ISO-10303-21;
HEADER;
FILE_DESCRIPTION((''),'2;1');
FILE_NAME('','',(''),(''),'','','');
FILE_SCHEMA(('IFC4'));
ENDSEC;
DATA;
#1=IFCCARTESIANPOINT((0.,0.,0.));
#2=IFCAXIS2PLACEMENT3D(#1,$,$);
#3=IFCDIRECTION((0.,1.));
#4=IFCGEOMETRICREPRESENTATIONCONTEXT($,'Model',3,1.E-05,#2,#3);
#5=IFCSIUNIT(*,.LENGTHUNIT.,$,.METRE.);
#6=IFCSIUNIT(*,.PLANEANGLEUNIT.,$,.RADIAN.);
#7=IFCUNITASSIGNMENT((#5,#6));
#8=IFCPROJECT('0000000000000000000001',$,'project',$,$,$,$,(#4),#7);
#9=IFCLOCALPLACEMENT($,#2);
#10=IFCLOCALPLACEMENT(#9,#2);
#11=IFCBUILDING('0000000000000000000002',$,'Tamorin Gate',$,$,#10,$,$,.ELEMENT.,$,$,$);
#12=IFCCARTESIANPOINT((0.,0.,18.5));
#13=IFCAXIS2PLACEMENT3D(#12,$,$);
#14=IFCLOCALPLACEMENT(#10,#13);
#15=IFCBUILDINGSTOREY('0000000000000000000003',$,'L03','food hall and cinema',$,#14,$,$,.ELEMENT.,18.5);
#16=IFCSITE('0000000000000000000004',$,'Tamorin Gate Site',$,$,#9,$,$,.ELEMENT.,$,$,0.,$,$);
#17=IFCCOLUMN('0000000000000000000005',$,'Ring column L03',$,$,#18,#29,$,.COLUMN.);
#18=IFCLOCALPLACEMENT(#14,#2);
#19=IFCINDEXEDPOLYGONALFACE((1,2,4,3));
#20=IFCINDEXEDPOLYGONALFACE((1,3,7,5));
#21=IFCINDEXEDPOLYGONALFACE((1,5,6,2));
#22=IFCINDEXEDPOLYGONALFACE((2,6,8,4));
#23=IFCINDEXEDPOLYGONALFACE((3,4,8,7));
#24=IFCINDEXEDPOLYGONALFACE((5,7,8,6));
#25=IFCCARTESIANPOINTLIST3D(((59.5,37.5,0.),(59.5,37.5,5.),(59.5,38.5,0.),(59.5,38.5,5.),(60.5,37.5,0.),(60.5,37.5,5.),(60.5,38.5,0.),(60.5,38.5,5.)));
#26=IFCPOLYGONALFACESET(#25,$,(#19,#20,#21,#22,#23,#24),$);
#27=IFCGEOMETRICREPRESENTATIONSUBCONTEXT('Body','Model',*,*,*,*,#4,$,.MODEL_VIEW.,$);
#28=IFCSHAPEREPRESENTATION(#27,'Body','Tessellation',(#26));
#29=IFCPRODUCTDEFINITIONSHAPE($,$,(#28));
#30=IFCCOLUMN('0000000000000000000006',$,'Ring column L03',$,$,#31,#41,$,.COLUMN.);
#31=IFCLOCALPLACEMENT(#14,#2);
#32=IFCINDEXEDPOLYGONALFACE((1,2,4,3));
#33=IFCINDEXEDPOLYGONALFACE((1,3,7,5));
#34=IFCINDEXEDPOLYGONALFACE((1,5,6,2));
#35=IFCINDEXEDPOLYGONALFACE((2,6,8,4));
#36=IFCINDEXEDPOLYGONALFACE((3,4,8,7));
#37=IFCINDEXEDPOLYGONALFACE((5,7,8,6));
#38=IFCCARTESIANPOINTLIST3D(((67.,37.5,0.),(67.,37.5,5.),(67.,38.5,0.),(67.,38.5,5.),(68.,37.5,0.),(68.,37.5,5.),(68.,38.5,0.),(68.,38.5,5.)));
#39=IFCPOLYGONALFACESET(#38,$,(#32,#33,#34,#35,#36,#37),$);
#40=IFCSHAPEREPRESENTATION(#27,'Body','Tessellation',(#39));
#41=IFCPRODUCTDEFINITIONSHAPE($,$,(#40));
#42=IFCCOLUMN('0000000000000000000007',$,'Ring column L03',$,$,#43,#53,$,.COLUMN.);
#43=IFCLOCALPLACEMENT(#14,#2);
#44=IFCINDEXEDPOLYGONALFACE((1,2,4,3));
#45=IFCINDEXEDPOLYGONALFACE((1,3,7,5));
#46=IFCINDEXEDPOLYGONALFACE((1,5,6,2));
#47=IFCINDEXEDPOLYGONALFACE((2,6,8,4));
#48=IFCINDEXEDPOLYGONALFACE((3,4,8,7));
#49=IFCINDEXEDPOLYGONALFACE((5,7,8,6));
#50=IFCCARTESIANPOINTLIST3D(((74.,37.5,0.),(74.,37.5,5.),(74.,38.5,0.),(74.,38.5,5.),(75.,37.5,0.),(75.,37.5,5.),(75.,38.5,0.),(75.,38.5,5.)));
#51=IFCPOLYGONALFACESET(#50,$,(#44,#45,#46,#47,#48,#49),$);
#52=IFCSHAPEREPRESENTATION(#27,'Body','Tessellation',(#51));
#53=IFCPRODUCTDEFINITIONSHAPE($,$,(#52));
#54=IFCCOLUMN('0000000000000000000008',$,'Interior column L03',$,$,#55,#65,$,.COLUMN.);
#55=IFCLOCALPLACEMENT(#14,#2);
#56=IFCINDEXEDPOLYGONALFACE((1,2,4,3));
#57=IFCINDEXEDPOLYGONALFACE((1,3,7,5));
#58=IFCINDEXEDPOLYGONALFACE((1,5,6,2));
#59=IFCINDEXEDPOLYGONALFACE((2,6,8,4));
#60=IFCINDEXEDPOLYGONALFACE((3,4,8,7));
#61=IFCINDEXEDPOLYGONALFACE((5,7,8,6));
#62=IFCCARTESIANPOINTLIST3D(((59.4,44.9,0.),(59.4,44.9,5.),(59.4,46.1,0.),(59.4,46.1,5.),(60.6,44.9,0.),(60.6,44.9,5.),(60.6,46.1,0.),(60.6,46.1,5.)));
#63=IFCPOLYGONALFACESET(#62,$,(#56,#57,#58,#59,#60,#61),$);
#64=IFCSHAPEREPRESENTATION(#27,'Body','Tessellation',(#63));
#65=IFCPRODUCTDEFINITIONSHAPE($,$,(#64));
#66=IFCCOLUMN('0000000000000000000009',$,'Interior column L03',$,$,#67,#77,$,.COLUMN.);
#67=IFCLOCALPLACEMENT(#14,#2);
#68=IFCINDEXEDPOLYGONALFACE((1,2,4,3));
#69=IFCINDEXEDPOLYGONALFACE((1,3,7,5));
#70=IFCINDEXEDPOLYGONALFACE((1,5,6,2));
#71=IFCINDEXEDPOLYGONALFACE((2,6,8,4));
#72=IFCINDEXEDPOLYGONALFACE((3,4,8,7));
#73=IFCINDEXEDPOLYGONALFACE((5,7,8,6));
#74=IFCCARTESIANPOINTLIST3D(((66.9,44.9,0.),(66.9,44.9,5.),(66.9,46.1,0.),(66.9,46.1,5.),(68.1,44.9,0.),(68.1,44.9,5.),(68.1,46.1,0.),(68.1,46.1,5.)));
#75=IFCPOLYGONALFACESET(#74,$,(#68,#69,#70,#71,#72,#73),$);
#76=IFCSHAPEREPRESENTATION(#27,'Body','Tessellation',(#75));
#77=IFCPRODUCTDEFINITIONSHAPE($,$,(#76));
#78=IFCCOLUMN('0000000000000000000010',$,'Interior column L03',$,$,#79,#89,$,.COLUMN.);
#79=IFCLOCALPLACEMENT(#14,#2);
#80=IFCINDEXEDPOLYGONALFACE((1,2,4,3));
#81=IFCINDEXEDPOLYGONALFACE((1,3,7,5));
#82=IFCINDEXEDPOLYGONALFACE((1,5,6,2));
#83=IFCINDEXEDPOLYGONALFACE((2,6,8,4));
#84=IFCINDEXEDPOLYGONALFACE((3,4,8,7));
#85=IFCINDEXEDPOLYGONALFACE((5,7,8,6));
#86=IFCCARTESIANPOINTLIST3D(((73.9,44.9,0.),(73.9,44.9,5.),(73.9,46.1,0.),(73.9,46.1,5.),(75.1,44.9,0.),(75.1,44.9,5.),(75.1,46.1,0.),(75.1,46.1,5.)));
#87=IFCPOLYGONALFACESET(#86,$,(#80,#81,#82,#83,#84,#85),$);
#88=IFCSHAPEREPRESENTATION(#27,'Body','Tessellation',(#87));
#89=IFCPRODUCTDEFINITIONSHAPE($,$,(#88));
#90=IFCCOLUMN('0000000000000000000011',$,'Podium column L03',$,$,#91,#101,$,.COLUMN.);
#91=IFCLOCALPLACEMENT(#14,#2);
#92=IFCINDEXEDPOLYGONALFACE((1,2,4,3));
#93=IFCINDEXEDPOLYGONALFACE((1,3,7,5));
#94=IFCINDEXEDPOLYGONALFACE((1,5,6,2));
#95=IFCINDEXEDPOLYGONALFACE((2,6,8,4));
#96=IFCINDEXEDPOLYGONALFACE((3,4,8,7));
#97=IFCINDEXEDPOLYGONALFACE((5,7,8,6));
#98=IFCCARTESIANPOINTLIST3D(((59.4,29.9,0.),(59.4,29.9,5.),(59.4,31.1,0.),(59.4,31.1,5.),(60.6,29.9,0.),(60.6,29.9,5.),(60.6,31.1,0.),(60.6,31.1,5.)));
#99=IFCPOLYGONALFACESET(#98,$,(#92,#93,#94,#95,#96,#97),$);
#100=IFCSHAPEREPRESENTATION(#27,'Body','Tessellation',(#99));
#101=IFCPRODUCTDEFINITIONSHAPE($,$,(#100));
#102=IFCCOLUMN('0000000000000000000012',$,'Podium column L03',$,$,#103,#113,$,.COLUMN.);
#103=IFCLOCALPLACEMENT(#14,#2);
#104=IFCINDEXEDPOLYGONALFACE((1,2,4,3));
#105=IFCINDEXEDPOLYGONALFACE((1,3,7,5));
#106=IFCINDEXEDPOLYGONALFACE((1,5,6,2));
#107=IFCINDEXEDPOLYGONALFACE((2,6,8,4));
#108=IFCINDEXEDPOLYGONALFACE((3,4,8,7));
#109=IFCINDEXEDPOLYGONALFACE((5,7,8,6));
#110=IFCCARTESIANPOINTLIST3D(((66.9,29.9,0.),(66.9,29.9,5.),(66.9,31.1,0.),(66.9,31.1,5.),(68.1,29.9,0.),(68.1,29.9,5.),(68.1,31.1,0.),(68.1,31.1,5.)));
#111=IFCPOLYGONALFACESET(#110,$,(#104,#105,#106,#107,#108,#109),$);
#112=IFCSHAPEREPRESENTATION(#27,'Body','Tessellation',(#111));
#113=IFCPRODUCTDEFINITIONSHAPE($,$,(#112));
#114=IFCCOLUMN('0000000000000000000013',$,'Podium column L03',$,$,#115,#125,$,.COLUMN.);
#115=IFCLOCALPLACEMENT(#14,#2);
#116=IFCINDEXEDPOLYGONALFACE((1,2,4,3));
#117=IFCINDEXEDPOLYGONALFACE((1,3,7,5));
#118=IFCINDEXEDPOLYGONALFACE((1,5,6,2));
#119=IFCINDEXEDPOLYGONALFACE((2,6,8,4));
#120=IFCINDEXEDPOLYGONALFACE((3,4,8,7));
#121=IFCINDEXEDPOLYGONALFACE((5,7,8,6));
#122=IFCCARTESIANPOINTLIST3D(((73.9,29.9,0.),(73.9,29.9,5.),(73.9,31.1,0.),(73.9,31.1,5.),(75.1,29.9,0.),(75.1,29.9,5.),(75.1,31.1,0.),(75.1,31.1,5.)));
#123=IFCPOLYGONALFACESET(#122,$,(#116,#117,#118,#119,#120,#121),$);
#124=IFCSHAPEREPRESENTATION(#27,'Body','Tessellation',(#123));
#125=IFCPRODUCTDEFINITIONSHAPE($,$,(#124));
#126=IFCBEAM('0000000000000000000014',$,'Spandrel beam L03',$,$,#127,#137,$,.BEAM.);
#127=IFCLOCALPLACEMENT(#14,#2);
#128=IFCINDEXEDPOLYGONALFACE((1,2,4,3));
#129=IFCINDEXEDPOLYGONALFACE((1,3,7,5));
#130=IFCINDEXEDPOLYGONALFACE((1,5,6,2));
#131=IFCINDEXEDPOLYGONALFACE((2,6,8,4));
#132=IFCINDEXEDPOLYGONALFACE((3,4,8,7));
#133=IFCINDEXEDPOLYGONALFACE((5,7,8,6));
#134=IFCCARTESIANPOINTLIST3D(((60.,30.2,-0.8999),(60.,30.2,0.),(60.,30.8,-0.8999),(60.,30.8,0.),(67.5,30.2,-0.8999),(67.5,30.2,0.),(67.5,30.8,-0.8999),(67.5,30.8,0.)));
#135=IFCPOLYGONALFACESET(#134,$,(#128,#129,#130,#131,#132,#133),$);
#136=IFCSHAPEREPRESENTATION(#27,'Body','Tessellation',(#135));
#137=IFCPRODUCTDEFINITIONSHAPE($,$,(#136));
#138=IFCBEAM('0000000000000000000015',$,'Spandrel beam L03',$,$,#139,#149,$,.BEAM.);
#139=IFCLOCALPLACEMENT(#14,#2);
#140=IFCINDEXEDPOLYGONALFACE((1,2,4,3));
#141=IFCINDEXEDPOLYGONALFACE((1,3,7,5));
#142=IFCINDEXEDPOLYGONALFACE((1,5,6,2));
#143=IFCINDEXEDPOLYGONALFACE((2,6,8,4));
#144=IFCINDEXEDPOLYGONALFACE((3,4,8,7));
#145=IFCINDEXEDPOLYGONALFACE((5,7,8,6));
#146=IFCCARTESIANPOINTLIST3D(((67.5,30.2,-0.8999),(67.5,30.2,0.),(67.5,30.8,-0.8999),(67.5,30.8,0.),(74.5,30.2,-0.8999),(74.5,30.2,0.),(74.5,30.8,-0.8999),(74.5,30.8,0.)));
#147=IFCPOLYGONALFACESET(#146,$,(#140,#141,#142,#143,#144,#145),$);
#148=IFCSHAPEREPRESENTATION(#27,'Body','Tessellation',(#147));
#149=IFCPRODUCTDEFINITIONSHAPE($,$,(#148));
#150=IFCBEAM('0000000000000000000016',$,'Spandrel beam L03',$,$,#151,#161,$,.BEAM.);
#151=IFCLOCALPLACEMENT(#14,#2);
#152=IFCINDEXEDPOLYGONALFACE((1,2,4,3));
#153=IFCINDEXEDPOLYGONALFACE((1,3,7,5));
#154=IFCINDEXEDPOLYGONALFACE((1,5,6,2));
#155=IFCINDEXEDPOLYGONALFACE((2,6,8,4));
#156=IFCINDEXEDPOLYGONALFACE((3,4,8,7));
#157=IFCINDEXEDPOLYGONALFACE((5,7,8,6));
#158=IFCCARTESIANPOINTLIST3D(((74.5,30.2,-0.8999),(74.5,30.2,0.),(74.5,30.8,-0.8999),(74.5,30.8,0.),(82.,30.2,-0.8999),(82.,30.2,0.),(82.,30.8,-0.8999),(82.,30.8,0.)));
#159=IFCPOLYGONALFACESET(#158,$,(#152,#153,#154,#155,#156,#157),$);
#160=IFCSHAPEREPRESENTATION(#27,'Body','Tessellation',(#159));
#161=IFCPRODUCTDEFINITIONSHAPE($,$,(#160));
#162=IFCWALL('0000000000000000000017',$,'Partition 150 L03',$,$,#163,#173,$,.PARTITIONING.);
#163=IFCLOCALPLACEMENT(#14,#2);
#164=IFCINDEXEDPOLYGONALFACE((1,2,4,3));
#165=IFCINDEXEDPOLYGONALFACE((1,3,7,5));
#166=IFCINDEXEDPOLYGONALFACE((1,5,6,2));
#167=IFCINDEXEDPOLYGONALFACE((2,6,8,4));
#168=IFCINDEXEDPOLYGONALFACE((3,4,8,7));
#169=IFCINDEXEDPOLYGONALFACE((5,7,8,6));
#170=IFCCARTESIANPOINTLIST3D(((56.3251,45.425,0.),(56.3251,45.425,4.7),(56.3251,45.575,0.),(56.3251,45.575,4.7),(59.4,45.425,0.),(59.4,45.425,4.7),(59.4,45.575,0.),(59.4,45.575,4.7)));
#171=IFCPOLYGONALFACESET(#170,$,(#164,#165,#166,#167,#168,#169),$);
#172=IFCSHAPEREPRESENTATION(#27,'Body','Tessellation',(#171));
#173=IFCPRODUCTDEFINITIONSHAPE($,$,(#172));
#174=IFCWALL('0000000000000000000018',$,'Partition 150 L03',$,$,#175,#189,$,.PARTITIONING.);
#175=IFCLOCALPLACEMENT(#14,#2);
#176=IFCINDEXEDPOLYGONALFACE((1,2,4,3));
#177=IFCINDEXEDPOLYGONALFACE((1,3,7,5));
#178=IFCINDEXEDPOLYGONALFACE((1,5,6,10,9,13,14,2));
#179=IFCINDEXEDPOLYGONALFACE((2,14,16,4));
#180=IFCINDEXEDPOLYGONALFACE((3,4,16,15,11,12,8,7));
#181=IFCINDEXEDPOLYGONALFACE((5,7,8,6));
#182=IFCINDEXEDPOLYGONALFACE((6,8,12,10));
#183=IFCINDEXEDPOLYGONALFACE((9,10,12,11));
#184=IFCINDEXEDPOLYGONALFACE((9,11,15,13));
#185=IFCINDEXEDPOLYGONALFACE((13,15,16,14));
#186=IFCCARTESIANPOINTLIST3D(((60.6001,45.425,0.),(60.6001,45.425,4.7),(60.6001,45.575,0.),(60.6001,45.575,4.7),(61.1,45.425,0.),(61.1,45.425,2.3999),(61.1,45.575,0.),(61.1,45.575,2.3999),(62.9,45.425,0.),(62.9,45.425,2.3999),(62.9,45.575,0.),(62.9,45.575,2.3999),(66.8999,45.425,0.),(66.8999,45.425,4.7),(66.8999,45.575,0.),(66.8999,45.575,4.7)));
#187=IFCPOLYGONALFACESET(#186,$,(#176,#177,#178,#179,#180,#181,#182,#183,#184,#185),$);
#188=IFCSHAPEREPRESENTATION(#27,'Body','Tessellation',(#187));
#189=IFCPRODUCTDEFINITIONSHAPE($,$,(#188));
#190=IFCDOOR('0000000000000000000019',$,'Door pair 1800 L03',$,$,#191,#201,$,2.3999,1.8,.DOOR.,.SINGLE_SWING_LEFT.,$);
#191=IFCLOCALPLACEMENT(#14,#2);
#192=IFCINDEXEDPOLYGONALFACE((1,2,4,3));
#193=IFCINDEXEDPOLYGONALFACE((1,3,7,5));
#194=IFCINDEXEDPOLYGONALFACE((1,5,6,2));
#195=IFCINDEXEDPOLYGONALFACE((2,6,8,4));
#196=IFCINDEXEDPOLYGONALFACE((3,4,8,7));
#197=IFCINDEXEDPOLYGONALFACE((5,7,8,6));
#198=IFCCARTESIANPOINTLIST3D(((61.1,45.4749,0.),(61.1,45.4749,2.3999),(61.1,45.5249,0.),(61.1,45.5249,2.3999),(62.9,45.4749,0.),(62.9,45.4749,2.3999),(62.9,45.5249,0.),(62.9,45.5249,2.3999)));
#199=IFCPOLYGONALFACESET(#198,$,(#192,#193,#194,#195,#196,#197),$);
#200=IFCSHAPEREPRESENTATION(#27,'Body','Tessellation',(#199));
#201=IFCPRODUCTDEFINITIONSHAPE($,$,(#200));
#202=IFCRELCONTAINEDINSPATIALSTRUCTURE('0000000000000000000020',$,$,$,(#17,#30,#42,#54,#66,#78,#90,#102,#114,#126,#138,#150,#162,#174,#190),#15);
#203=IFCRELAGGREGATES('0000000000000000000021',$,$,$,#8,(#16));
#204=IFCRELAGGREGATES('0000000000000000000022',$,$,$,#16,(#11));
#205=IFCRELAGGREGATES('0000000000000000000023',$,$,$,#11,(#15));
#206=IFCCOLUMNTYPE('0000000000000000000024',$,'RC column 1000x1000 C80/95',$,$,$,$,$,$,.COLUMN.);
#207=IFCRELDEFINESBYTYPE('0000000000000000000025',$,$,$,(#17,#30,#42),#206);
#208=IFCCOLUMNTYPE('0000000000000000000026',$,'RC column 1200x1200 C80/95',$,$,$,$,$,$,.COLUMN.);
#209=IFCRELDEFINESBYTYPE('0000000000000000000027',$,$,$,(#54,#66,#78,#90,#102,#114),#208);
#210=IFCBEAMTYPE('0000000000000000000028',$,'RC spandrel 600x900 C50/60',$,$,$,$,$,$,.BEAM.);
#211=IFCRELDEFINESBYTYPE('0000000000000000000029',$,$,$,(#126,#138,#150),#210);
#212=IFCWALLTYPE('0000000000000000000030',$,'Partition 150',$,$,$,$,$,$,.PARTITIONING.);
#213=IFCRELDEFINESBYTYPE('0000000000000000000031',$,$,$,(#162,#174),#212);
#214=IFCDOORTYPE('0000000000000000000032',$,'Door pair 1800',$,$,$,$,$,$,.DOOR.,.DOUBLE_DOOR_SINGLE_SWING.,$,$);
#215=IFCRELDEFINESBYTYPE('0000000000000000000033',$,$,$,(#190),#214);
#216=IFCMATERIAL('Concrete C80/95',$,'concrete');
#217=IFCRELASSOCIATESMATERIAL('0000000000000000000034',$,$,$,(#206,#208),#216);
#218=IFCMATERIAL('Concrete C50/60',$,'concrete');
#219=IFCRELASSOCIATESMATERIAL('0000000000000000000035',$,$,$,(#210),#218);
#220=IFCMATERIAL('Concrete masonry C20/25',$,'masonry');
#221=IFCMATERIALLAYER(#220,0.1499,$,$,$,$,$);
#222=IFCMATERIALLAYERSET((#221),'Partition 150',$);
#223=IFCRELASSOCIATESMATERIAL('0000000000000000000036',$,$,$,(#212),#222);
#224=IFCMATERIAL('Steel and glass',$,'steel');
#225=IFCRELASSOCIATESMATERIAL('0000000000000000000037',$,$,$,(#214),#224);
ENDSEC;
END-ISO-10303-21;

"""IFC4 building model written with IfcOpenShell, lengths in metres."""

from ifc_helpers import new_model, si_unit, direction, frame, frame_2d, origin, origin_2d, place, context, subcontext, project, spatial, rectangle, extrude, material, layer, layer_set, material_profile, profile_set, type_object, element, fill, save


model = new_model("IFC4")

# Units and contexts
model_context = context("Model", 3, precision=1e-05, world=origin(), true_north=direction((0.0, 1.0)))
body_context = subcontext(model_context, "Body", "Model", "MODEL_VIEW")
ifc_project = project(units=[si_unit("LENGTHUNIT", "METRE"), si_unit("PLANEANGLEUNIT", "RADIAN")], contexts=[model_context])

# Site, building, storey
site_placement = place(None, origin())
site = spatial("IfcSite", under=ifc_project, at=site_placement, Name="Tamorin Gate Site", CompositionType="ELEMENT", RefElevation=0.0)
building_placement = place(site_placement, origin())
building = spatial("IfcBuilding", under=site, at=building_placement, Name="Tamorin Gate", CompositionType="ELEMENT")
storey_placement = place(building_placement, frame((0.0, 0.0, 18.5)))
storey = spatial("IfcBuildingStorey", under=building, at=storey_placement, Name="L03", Description="food hall and cinema", CompositionType="ELEMENT", Elevation=18.5)

# Columns
ifc_material_1 = material(Name="Concrete C80/95", Category="concrete")
ifc_material_profile_1 = material_profile(ifc_material_1, rectangle(XDim=1.0, YDim=1.0, at=origin_2d()), Name="RC 1000x1000")
ifc_profile_set_1 = profile_set([ifc_material_profile_1], Name="Concrete C80/95")
column_type_1 = type_object("IfcColumnType", Name="RC column 1000x1000 C80/95", PredefinedType="COLUMN", material=ifc_profile_set_1)
for number, where, z_axis, x_axis, name in (
    (1, (60.0, 38.0, 0.0), (0.0, 0.0, 1.0), (1.0, 0.0, 0.0), "Ring column L03"),
    (2, (67.5, 38.0, 0.0), (0.0, 0.0, 1.0), (1.0, 0.0, 0.0), "Ring column L03"),
    (3, (74.5, 38.0, 0.0), (0.0, 0.0, 1.0), (1.0, 0.0, 0.0), "Ring column L03"),
):
    element("IfcColumn", number, at=place(storey_placement, frame(where, z_axis=z_axis, x_axis=x_axis)), inside=storey, type_object=column_type_1, Name=name, PredefinedType="COLUMN", context=body_context, shape_type="SweptSolid", body=[
        extrude(rectangle(XDim=1.0, YDim=1.0, at=origin_2d()), origin(), (0.0, 0.0, 1.0), 5.0),
    ])
ifc_material_profile_2 = material_profile(ifc_material_1, rectangle(XDim=1.2, YDim=1.2, at=origin_2d()), Name="RC 1200x1200")
ifc_profile_set_2 = profile_set([ifc_material_profile_2], Name="Concrete C80/95")
column_type_2 = type_object("IfcColumnType", Name="RC column 1200x1200 C80/95", PredefinedType="COLUMN", material=ifc_profile_set_2)
for number, where, z_axis, x_axis, name in (
    (4, (60.0, 45.5, 0.0), (0.0, 0.0, 1.0), (1.0, 0.0, 0.0), "Interior column L03"),
    (5, (67.5, 45.5, 0.0), (0.0, 0.0, 1.0), (1.0, 0.0, 0.0), "Interior column L03"),
    (6, (74.5, 45.5, 0.0), (0.0, 0.0, 1.0), (1.0, 0.0, 0.0), "Interior column L03"),
    (7, (60.0, 30.5, 0.0), (0.0, 0.0, 1.0), (1.0, 0.0, 0.0), "Podium column L03"),
    (8, (67.5, 30.5, 0.0), (0.0, 0.0, 1.0), (1.0, 0.0, 0.0), "Podium column L03"),
    (9, (74.5, 30.5, 0.0), (0.0, 0.0, 1.0), (1.0, 0.0, 0.0), "Podium column L03"),
):
    element("IfcColumn", number, at=place(storey_placement, frame(where, z_axis=z_axis, x_axis=x_axis)), inside=storey, type_object=column_type_2, Name=name, PredefinedType="COLUMN", context=body_context, shape_type="SweptSolid", body=[
        extrude(rectangle(XDim=1.2, YDim=1.2, at=origin_2d()), origin(), (0.0, 0.0, 1.0), 5.0),
    ])

# Beams
ifc_material_2 = material(Name="Concrete C50/60", Category="concrete")
ifc_material_profile_3 = material_profile(ifc_material_2, rectangle(XDim=0.6001, YDim=0.8999, at=origin_2d()), Name="RC 600x900")
ifc_profile_set_3 = profile_set([ifc_material_profile_3], Name="Concrete C50/60")
beam_type = type_object("IfcBeamType", Name="RC spandrel 600x900 C50/60", PredefinedType="BEAM", material=ifc_profile_set_3)
beam_1_placement = place(storey_placement, frame((60.0, 30.5, -0.45), z_axis=(1.0, 0.0, 0.0), x_axis=(0.0, 1.0, 0.0)))
element("IfcBeam", 10, at=beam_1_placement, inside=storey, type_object=beam_type, Name="Spandrel beam L03", PredefinedType="BEAM", context=body_context, shape_type="SweptSolid", body=[
    extrude(rectangle(XDim=0.6001, YDim=0.8999, at=origin_2d()), origin(), (0.0, 0.0, 1.0), 7.5),
])
beam_2_placement = place(storey_placement, frame((67.5, 30.5, -0.45), z_axis=(1.0, 0.0, 0.0), x_axis=(0.0, 1.0, 0.0)))
element("IfcBeam", 11, at=beam_2_placement, inside=storey, type_object=beam_type, Name="Spandrel beam L03", PredefinedType="BEAM", context=body_context, shape_type="SweptSolid", body=[
    extrude(rectangle(XDim=0.6001, YDim=0.8999, at=origin_2d()), origin(), (0.0, 0.0, 1.0), 7.0),
])
beam_3_placement = place(storey_placement, frame((74.5, 30.5, -0.45), z_axis=(1.0, 0.0, 0.0), x_axis=(0.0, 1.0, 0.0)))
element("IfcBeam", 12, at=beam_3_placement, inside=storey, type_object=beam_type, Name="Spandrel beam L03", PredefinedType="BEAM", context=body_context, shape_type="SweptSolid", body=[
    extrude(rectangle(XDim=0.6001, YDim=0.8999, at=origin_2d()), origin(), (0.0, 0.0, 1.0), 7.5),
])

# Wall
ifc_material_3 = material(Name="Concrete masonry C20/25", Category="masonry")
ifc_layer_1 = layer(ifc_material_3, 0.1499)
ifc_layer_set_1 = layer_set([ifc_layer_1], Name="Partition 150")
wall_type_1 = type_object("IfcWallType", Name="Partition 150", PredefinedType="PARTITIONING", material=ifc_layer_set_1)
wall_1_placement = place(storey_placement, frame((56.325, 45.5, 0.0), z_axis=(0.0, 0.0, 1.0), x_axis=(1.0, 0.0, 0.0)))
element("IfcWall", 13, at=wall_1_placement, inside=storey, type_object=wall_type_1, Name="Partition 150 L03", PredefinedType="PARTITIONING", context=body_context, shape_type="SweptSolid", body=[
    extrude(rectangle(XDim=3.075, YDim=0.1499, at=frame_2d((1.5376, 0.0))), origin(), (0.0, 0.0, 1.0), 4.7),
])

# Wall, opening, door
wall_2_placement = place(storey_placement, frame((60.6001, 45.5, 0.0), z_axis=(0.0, 0.0, 1.0), x_axis=(1.0, 0.0, 0.0)))
wall_2 = element("IfcWall", 14, at=wall_2_placement, inside=storey, type_object=wall_type_1, Name="Partition 150 L03", PredefinedType="PARTITIONING", context=body_context, shape_type="SweptSolid", body=[
    extrude(rectangle(XDim=6.2998, YDim=0.1499, at=frame_2d((3.1499, 0.0))), origin(), (0.0, 0.0, 1.0), 4.7),
])
opening_1_placement = place(wall_2_placement, frame((0.5, 0.0, 0.0)))
opening_1 = element("IfcOpeningElement", 15, at=opening_1_placement, cuts=wall_2, PredefinedType="OPENING", context=body_context, shape_type="SweptSolid", body=[
    extrude(rectangle(XDim=1.8, YDim=2.3999, at=frame_2d((0.8999, 1.2))), frame((0.0, 0.085, 0.0), z_axis=(0.0, -1.0, 0.0), x_axis=(1.0, 0.0, 0.0)), (0.0, 0.0, 1.0), 0.1699),
])
ifc_material_4 = material(Name="Steel and glass", Category="steel")
door_type = type_object("IfcDoorType", Name="Door pair 1800", OperationType="DOUBLE_DOOR_SINGLE_SWING", PredefinedType="DOOR", material=ifc_material_4)
door_1_placement = place(opening_1_placement, origin())
door_1 = element("IfcDoor", 16, at=door_1_placement, inside=storey, type_object=door_type, Name="Door pair 1800 L03", OperationType="SINGLE_SWING_LEFT", OverallHeight=2.3999, OverallWidth=1.8, PredefinedType="DOOR", context=body_context, shape_type="SweptSolid", body=[
    extrude(rectangle(XDim=1.8, YDim=2.3999, at=frame_2d((0.8999, 1.2))), frame((0.0, 0.0249, 0.0), z_axis=(0.0, -1.0, 0.0), x_axis=(1.0, 0.0, 0.0)), (0.0, 0.0, 1.0), 0.05),
])
fill(opening_1, door_1)

save(model, "model.ifc")
